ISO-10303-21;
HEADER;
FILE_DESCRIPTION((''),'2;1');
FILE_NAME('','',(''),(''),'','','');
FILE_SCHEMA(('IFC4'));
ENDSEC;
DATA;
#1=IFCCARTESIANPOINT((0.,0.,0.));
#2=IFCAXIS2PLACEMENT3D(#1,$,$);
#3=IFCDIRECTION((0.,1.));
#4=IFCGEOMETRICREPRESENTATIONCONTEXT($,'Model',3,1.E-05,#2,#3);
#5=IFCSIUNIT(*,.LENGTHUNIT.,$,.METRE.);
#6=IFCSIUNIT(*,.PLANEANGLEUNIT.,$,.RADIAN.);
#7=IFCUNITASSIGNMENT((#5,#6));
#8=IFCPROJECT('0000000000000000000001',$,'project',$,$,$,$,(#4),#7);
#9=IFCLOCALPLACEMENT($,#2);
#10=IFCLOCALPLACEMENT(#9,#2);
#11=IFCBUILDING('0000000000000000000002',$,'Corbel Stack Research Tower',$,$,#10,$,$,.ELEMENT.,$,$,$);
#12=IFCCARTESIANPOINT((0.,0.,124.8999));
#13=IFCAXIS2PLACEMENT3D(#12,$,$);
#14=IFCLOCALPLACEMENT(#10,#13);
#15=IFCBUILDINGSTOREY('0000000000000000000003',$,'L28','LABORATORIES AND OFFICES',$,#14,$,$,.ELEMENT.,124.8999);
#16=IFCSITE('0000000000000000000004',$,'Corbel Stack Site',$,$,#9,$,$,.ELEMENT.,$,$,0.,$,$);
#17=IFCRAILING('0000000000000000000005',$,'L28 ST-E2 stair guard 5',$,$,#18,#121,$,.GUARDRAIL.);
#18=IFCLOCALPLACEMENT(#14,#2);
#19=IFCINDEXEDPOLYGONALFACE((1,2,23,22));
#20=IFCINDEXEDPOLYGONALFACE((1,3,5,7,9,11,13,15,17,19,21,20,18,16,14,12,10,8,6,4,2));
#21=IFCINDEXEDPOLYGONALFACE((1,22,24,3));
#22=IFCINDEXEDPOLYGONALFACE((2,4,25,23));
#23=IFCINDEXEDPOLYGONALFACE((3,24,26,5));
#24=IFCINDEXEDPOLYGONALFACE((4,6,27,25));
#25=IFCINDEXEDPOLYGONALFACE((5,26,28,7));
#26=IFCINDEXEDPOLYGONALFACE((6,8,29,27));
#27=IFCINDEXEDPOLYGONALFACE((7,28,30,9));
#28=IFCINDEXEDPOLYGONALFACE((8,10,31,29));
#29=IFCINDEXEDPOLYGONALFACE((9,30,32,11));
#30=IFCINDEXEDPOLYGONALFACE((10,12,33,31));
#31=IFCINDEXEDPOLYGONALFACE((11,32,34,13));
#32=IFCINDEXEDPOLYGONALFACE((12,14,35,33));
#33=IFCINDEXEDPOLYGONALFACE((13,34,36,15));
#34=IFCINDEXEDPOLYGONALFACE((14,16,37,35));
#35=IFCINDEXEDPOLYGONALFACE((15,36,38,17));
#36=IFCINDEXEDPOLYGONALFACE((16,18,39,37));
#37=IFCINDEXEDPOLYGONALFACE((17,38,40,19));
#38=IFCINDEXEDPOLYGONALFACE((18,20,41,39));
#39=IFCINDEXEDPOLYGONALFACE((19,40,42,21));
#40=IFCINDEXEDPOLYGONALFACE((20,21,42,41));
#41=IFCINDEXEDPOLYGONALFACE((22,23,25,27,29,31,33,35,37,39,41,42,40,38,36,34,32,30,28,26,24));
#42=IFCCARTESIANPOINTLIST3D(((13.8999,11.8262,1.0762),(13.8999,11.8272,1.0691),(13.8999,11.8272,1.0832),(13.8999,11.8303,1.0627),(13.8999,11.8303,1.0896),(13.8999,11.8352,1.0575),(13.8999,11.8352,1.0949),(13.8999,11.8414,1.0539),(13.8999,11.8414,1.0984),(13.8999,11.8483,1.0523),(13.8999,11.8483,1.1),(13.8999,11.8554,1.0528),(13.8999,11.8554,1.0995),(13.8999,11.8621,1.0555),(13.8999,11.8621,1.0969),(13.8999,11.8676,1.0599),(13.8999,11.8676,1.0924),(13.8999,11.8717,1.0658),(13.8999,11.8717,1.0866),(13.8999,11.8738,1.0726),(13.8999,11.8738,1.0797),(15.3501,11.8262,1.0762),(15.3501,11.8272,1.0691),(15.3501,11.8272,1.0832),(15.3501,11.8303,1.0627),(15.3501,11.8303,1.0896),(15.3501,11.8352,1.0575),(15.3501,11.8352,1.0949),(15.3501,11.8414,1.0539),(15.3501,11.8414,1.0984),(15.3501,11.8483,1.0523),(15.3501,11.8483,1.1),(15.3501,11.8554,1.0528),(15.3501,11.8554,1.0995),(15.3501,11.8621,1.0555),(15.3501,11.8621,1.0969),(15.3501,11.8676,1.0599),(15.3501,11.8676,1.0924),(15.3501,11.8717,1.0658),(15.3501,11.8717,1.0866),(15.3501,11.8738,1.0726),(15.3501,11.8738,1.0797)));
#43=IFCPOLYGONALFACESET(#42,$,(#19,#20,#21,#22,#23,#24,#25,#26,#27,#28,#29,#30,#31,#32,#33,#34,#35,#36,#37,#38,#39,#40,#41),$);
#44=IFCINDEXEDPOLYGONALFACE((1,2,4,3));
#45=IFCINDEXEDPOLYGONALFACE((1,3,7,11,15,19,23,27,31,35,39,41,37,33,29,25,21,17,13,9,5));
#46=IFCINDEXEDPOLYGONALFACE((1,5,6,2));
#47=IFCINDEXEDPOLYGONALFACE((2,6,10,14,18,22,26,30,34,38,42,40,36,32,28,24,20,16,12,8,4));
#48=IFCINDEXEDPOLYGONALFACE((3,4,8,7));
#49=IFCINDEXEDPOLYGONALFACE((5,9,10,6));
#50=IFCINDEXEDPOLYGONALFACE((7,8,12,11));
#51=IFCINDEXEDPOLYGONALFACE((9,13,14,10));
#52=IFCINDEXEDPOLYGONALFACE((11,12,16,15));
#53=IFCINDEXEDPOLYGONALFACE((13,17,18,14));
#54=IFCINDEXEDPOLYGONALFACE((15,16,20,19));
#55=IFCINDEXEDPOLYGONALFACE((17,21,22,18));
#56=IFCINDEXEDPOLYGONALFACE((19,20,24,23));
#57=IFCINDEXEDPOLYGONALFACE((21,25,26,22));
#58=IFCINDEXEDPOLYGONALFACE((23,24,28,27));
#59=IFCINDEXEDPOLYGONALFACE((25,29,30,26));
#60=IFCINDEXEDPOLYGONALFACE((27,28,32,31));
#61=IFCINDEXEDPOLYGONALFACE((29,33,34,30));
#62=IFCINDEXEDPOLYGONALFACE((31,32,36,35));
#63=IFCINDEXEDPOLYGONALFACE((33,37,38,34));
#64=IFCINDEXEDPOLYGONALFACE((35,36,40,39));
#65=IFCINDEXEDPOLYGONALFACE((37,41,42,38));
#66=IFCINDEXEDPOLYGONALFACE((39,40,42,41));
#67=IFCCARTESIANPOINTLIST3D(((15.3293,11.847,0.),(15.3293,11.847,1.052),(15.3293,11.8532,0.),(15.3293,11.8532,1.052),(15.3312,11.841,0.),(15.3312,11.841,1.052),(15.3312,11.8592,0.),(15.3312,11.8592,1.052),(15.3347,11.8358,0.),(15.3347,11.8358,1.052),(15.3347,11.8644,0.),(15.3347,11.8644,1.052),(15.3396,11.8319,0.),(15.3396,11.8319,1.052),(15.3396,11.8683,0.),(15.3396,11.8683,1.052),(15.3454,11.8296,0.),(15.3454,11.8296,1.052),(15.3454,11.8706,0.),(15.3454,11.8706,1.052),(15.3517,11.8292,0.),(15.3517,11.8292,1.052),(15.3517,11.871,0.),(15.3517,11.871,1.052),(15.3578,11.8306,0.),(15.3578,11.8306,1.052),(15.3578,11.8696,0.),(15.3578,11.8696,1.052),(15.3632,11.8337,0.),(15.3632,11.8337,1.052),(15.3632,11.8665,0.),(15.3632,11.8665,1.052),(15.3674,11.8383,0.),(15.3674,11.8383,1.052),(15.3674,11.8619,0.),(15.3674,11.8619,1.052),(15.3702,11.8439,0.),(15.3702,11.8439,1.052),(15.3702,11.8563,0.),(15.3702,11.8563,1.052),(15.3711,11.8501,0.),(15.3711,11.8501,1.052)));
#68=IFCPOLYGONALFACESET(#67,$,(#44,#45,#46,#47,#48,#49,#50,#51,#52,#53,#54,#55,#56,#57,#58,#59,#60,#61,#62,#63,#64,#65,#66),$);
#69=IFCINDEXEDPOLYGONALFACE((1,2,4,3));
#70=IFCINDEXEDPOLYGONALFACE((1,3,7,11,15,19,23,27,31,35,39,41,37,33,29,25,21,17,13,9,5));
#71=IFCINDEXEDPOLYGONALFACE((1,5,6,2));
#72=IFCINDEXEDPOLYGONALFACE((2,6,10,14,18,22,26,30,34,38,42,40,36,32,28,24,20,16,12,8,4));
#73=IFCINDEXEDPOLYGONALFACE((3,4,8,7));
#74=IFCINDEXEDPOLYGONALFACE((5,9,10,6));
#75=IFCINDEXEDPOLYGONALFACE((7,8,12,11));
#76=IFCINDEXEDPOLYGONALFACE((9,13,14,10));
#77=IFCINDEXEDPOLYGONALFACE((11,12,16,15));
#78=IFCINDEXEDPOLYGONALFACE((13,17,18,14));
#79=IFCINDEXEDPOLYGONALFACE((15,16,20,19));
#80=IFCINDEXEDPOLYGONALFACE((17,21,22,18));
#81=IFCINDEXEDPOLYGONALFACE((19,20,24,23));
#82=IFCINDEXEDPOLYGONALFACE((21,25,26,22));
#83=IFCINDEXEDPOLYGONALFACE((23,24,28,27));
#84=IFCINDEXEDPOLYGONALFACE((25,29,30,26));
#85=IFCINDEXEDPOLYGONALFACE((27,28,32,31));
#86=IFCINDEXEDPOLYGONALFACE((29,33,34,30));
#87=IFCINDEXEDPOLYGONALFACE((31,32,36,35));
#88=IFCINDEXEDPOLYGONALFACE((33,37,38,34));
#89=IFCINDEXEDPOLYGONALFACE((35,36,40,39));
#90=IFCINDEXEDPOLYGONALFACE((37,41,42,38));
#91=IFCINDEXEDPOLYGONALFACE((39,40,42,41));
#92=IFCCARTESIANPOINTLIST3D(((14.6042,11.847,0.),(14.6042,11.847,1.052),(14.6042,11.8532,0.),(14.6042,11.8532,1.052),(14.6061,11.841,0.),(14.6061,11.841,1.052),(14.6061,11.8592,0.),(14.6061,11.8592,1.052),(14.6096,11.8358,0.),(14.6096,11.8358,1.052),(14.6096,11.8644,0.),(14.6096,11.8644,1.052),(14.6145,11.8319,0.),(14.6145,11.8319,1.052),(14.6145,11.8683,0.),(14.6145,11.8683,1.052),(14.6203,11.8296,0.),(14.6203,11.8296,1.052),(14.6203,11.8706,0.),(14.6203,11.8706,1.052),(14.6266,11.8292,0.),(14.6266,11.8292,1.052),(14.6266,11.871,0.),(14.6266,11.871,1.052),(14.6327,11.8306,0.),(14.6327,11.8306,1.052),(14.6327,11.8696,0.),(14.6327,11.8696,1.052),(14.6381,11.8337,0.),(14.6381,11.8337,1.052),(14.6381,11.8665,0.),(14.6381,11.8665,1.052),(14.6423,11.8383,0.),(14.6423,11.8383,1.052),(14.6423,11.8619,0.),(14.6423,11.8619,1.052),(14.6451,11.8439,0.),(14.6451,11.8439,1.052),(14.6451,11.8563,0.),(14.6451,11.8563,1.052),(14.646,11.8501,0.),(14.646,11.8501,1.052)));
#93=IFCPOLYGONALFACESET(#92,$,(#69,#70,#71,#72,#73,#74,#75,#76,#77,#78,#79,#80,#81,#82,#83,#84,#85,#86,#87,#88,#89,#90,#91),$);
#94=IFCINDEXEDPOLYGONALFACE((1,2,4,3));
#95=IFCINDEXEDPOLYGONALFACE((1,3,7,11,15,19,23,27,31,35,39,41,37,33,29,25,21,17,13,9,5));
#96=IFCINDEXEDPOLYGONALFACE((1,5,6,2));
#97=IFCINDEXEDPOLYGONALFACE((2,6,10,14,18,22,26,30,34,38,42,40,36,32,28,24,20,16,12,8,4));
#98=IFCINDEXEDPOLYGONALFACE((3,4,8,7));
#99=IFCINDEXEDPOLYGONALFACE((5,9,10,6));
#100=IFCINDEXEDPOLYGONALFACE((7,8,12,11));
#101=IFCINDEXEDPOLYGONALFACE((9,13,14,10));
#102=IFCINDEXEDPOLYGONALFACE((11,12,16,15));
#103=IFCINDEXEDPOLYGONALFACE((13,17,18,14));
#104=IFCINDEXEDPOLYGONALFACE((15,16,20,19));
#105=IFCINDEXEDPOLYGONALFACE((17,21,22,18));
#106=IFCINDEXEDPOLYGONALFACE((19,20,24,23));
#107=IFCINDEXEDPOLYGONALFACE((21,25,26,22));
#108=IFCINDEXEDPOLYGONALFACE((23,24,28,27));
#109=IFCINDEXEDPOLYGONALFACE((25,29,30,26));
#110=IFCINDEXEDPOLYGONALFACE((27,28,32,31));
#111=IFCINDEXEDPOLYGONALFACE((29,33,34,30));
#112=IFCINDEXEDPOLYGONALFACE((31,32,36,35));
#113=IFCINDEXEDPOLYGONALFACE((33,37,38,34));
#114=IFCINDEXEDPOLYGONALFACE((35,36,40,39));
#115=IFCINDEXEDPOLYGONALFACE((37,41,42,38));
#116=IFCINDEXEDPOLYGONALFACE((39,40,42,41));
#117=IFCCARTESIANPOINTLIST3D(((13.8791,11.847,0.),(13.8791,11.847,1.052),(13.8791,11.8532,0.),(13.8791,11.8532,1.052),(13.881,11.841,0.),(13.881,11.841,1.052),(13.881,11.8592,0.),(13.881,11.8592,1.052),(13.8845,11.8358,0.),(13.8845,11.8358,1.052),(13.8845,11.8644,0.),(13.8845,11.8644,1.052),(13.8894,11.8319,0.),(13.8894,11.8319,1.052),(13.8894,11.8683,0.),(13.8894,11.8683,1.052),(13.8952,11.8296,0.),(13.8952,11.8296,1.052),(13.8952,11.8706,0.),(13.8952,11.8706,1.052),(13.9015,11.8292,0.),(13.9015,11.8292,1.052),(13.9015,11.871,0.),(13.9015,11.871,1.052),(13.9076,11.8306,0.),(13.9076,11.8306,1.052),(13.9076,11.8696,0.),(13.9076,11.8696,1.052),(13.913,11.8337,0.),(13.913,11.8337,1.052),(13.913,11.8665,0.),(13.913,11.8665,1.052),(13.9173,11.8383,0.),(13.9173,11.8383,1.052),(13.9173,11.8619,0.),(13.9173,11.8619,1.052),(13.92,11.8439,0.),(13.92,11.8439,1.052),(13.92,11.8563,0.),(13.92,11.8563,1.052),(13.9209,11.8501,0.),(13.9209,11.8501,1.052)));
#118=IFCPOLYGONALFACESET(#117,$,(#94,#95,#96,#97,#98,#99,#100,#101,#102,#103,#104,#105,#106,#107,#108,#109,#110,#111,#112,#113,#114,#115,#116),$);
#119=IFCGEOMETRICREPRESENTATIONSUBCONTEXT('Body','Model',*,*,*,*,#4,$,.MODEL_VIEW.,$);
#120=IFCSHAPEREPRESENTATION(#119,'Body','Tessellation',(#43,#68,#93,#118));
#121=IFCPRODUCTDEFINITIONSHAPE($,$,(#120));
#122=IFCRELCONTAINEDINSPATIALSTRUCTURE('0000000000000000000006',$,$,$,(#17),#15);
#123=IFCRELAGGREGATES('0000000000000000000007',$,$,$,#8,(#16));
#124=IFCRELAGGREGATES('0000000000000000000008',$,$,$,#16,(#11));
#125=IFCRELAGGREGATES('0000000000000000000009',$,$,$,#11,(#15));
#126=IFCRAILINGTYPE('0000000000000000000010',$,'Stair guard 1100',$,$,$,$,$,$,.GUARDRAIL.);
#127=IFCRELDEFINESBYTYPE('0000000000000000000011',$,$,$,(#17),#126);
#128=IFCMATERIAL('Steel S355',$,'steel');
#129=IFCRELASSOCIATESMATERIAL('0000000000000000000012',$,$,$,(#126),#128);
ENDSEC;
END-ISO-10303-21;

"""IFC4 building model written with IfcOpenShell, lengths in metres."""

from ifc_helpers import new_model, si_unit, direction, frame, origin, origin_2d, place, context, subcontext, project, spatial, circle, extrude, material, type_object, element, save


model = new_model("IFC4")

# Units and contexts
model_context = context("Model", 3, precision=1e-05, world=origin(), true_north=direction((0.0, 1.0)))
body_context = subcontext(model_context, "Body", "Model", "MODEL_VIEW")
ifc_project = project(units=[si_unit("LENGTHUNIT", "METRE"), si_unit("PLANEANGLEUNIT", "RADIAN")], contexts=[model_context])

# Site, building, storey
site_placement = place(None, origin())
site = spatial("IfcSite", under=ifc_project, at=site_placement, Name="Corbel Stack Site", CompositionType="ELEMENT", RefElevation=0.0)
building_placement = place(site_placement, origin())
building = spatial("IfcBuilding", under=site, at=building_placement, Name="Corbel Stack Research Tower", CompositionType="ELEMENT")
storey_placement = place(building_placement, frame((0.0, 0.0, 124.8999)))
storey = spatial("IfcBuildingStorey", under=building, at=storey_placement, Name="L28", Description="LABORATORIES AND OFFICES", CompositionType="ELEMENT", Elevation=124.8999)

# Railing
ifc_material_1 = material(Name="Steel S355", Category="steel")
railing_type_1 = type_object("IfcRailingType", Name="Stair guard 1100", PredefinedType="GUARDRAIL", material=ifc_material_1)
railing_1_placement = place(storey_placement, frame((15.3501, 11.8501, 0.0)))
element("IfcRailing", 1, at=railing_1_placement, inside=storey, type_object=railing_type_1, Name="L28 ST-E2 stair guard 5", PredefinedType="GUARDRAIL", context=body_context, shape_type="SweptSolid", body=[
    extrude(circle(Radius=0.0239, at=origin_2d()), frame((0.0, 0.0, 1.0762), z_axis=(-1.0, 0.0, 0.0), x_axis=(0.0, -1.0, 0.0)), (0.0, 0.0, 1.0), 1.4502),
    extrude(circle(Radius=0.021, at=origin_2d()), origin(), (0.0, 0.0, 1.0), 1.052),
    extrude(circle(Radius=0.021, at=origin_2d()), frame((-0.7251, 0.0, 0.0)), (0.0, 0.0, 1.0), 1.052),
    extrude(circle(Radius=0.021, at=origin_2d()), frame((-1.4502, 0.0, 0.0)), (0.0, 0.0, 1.0), 1.052),
])

save(model, "model.ifc")
